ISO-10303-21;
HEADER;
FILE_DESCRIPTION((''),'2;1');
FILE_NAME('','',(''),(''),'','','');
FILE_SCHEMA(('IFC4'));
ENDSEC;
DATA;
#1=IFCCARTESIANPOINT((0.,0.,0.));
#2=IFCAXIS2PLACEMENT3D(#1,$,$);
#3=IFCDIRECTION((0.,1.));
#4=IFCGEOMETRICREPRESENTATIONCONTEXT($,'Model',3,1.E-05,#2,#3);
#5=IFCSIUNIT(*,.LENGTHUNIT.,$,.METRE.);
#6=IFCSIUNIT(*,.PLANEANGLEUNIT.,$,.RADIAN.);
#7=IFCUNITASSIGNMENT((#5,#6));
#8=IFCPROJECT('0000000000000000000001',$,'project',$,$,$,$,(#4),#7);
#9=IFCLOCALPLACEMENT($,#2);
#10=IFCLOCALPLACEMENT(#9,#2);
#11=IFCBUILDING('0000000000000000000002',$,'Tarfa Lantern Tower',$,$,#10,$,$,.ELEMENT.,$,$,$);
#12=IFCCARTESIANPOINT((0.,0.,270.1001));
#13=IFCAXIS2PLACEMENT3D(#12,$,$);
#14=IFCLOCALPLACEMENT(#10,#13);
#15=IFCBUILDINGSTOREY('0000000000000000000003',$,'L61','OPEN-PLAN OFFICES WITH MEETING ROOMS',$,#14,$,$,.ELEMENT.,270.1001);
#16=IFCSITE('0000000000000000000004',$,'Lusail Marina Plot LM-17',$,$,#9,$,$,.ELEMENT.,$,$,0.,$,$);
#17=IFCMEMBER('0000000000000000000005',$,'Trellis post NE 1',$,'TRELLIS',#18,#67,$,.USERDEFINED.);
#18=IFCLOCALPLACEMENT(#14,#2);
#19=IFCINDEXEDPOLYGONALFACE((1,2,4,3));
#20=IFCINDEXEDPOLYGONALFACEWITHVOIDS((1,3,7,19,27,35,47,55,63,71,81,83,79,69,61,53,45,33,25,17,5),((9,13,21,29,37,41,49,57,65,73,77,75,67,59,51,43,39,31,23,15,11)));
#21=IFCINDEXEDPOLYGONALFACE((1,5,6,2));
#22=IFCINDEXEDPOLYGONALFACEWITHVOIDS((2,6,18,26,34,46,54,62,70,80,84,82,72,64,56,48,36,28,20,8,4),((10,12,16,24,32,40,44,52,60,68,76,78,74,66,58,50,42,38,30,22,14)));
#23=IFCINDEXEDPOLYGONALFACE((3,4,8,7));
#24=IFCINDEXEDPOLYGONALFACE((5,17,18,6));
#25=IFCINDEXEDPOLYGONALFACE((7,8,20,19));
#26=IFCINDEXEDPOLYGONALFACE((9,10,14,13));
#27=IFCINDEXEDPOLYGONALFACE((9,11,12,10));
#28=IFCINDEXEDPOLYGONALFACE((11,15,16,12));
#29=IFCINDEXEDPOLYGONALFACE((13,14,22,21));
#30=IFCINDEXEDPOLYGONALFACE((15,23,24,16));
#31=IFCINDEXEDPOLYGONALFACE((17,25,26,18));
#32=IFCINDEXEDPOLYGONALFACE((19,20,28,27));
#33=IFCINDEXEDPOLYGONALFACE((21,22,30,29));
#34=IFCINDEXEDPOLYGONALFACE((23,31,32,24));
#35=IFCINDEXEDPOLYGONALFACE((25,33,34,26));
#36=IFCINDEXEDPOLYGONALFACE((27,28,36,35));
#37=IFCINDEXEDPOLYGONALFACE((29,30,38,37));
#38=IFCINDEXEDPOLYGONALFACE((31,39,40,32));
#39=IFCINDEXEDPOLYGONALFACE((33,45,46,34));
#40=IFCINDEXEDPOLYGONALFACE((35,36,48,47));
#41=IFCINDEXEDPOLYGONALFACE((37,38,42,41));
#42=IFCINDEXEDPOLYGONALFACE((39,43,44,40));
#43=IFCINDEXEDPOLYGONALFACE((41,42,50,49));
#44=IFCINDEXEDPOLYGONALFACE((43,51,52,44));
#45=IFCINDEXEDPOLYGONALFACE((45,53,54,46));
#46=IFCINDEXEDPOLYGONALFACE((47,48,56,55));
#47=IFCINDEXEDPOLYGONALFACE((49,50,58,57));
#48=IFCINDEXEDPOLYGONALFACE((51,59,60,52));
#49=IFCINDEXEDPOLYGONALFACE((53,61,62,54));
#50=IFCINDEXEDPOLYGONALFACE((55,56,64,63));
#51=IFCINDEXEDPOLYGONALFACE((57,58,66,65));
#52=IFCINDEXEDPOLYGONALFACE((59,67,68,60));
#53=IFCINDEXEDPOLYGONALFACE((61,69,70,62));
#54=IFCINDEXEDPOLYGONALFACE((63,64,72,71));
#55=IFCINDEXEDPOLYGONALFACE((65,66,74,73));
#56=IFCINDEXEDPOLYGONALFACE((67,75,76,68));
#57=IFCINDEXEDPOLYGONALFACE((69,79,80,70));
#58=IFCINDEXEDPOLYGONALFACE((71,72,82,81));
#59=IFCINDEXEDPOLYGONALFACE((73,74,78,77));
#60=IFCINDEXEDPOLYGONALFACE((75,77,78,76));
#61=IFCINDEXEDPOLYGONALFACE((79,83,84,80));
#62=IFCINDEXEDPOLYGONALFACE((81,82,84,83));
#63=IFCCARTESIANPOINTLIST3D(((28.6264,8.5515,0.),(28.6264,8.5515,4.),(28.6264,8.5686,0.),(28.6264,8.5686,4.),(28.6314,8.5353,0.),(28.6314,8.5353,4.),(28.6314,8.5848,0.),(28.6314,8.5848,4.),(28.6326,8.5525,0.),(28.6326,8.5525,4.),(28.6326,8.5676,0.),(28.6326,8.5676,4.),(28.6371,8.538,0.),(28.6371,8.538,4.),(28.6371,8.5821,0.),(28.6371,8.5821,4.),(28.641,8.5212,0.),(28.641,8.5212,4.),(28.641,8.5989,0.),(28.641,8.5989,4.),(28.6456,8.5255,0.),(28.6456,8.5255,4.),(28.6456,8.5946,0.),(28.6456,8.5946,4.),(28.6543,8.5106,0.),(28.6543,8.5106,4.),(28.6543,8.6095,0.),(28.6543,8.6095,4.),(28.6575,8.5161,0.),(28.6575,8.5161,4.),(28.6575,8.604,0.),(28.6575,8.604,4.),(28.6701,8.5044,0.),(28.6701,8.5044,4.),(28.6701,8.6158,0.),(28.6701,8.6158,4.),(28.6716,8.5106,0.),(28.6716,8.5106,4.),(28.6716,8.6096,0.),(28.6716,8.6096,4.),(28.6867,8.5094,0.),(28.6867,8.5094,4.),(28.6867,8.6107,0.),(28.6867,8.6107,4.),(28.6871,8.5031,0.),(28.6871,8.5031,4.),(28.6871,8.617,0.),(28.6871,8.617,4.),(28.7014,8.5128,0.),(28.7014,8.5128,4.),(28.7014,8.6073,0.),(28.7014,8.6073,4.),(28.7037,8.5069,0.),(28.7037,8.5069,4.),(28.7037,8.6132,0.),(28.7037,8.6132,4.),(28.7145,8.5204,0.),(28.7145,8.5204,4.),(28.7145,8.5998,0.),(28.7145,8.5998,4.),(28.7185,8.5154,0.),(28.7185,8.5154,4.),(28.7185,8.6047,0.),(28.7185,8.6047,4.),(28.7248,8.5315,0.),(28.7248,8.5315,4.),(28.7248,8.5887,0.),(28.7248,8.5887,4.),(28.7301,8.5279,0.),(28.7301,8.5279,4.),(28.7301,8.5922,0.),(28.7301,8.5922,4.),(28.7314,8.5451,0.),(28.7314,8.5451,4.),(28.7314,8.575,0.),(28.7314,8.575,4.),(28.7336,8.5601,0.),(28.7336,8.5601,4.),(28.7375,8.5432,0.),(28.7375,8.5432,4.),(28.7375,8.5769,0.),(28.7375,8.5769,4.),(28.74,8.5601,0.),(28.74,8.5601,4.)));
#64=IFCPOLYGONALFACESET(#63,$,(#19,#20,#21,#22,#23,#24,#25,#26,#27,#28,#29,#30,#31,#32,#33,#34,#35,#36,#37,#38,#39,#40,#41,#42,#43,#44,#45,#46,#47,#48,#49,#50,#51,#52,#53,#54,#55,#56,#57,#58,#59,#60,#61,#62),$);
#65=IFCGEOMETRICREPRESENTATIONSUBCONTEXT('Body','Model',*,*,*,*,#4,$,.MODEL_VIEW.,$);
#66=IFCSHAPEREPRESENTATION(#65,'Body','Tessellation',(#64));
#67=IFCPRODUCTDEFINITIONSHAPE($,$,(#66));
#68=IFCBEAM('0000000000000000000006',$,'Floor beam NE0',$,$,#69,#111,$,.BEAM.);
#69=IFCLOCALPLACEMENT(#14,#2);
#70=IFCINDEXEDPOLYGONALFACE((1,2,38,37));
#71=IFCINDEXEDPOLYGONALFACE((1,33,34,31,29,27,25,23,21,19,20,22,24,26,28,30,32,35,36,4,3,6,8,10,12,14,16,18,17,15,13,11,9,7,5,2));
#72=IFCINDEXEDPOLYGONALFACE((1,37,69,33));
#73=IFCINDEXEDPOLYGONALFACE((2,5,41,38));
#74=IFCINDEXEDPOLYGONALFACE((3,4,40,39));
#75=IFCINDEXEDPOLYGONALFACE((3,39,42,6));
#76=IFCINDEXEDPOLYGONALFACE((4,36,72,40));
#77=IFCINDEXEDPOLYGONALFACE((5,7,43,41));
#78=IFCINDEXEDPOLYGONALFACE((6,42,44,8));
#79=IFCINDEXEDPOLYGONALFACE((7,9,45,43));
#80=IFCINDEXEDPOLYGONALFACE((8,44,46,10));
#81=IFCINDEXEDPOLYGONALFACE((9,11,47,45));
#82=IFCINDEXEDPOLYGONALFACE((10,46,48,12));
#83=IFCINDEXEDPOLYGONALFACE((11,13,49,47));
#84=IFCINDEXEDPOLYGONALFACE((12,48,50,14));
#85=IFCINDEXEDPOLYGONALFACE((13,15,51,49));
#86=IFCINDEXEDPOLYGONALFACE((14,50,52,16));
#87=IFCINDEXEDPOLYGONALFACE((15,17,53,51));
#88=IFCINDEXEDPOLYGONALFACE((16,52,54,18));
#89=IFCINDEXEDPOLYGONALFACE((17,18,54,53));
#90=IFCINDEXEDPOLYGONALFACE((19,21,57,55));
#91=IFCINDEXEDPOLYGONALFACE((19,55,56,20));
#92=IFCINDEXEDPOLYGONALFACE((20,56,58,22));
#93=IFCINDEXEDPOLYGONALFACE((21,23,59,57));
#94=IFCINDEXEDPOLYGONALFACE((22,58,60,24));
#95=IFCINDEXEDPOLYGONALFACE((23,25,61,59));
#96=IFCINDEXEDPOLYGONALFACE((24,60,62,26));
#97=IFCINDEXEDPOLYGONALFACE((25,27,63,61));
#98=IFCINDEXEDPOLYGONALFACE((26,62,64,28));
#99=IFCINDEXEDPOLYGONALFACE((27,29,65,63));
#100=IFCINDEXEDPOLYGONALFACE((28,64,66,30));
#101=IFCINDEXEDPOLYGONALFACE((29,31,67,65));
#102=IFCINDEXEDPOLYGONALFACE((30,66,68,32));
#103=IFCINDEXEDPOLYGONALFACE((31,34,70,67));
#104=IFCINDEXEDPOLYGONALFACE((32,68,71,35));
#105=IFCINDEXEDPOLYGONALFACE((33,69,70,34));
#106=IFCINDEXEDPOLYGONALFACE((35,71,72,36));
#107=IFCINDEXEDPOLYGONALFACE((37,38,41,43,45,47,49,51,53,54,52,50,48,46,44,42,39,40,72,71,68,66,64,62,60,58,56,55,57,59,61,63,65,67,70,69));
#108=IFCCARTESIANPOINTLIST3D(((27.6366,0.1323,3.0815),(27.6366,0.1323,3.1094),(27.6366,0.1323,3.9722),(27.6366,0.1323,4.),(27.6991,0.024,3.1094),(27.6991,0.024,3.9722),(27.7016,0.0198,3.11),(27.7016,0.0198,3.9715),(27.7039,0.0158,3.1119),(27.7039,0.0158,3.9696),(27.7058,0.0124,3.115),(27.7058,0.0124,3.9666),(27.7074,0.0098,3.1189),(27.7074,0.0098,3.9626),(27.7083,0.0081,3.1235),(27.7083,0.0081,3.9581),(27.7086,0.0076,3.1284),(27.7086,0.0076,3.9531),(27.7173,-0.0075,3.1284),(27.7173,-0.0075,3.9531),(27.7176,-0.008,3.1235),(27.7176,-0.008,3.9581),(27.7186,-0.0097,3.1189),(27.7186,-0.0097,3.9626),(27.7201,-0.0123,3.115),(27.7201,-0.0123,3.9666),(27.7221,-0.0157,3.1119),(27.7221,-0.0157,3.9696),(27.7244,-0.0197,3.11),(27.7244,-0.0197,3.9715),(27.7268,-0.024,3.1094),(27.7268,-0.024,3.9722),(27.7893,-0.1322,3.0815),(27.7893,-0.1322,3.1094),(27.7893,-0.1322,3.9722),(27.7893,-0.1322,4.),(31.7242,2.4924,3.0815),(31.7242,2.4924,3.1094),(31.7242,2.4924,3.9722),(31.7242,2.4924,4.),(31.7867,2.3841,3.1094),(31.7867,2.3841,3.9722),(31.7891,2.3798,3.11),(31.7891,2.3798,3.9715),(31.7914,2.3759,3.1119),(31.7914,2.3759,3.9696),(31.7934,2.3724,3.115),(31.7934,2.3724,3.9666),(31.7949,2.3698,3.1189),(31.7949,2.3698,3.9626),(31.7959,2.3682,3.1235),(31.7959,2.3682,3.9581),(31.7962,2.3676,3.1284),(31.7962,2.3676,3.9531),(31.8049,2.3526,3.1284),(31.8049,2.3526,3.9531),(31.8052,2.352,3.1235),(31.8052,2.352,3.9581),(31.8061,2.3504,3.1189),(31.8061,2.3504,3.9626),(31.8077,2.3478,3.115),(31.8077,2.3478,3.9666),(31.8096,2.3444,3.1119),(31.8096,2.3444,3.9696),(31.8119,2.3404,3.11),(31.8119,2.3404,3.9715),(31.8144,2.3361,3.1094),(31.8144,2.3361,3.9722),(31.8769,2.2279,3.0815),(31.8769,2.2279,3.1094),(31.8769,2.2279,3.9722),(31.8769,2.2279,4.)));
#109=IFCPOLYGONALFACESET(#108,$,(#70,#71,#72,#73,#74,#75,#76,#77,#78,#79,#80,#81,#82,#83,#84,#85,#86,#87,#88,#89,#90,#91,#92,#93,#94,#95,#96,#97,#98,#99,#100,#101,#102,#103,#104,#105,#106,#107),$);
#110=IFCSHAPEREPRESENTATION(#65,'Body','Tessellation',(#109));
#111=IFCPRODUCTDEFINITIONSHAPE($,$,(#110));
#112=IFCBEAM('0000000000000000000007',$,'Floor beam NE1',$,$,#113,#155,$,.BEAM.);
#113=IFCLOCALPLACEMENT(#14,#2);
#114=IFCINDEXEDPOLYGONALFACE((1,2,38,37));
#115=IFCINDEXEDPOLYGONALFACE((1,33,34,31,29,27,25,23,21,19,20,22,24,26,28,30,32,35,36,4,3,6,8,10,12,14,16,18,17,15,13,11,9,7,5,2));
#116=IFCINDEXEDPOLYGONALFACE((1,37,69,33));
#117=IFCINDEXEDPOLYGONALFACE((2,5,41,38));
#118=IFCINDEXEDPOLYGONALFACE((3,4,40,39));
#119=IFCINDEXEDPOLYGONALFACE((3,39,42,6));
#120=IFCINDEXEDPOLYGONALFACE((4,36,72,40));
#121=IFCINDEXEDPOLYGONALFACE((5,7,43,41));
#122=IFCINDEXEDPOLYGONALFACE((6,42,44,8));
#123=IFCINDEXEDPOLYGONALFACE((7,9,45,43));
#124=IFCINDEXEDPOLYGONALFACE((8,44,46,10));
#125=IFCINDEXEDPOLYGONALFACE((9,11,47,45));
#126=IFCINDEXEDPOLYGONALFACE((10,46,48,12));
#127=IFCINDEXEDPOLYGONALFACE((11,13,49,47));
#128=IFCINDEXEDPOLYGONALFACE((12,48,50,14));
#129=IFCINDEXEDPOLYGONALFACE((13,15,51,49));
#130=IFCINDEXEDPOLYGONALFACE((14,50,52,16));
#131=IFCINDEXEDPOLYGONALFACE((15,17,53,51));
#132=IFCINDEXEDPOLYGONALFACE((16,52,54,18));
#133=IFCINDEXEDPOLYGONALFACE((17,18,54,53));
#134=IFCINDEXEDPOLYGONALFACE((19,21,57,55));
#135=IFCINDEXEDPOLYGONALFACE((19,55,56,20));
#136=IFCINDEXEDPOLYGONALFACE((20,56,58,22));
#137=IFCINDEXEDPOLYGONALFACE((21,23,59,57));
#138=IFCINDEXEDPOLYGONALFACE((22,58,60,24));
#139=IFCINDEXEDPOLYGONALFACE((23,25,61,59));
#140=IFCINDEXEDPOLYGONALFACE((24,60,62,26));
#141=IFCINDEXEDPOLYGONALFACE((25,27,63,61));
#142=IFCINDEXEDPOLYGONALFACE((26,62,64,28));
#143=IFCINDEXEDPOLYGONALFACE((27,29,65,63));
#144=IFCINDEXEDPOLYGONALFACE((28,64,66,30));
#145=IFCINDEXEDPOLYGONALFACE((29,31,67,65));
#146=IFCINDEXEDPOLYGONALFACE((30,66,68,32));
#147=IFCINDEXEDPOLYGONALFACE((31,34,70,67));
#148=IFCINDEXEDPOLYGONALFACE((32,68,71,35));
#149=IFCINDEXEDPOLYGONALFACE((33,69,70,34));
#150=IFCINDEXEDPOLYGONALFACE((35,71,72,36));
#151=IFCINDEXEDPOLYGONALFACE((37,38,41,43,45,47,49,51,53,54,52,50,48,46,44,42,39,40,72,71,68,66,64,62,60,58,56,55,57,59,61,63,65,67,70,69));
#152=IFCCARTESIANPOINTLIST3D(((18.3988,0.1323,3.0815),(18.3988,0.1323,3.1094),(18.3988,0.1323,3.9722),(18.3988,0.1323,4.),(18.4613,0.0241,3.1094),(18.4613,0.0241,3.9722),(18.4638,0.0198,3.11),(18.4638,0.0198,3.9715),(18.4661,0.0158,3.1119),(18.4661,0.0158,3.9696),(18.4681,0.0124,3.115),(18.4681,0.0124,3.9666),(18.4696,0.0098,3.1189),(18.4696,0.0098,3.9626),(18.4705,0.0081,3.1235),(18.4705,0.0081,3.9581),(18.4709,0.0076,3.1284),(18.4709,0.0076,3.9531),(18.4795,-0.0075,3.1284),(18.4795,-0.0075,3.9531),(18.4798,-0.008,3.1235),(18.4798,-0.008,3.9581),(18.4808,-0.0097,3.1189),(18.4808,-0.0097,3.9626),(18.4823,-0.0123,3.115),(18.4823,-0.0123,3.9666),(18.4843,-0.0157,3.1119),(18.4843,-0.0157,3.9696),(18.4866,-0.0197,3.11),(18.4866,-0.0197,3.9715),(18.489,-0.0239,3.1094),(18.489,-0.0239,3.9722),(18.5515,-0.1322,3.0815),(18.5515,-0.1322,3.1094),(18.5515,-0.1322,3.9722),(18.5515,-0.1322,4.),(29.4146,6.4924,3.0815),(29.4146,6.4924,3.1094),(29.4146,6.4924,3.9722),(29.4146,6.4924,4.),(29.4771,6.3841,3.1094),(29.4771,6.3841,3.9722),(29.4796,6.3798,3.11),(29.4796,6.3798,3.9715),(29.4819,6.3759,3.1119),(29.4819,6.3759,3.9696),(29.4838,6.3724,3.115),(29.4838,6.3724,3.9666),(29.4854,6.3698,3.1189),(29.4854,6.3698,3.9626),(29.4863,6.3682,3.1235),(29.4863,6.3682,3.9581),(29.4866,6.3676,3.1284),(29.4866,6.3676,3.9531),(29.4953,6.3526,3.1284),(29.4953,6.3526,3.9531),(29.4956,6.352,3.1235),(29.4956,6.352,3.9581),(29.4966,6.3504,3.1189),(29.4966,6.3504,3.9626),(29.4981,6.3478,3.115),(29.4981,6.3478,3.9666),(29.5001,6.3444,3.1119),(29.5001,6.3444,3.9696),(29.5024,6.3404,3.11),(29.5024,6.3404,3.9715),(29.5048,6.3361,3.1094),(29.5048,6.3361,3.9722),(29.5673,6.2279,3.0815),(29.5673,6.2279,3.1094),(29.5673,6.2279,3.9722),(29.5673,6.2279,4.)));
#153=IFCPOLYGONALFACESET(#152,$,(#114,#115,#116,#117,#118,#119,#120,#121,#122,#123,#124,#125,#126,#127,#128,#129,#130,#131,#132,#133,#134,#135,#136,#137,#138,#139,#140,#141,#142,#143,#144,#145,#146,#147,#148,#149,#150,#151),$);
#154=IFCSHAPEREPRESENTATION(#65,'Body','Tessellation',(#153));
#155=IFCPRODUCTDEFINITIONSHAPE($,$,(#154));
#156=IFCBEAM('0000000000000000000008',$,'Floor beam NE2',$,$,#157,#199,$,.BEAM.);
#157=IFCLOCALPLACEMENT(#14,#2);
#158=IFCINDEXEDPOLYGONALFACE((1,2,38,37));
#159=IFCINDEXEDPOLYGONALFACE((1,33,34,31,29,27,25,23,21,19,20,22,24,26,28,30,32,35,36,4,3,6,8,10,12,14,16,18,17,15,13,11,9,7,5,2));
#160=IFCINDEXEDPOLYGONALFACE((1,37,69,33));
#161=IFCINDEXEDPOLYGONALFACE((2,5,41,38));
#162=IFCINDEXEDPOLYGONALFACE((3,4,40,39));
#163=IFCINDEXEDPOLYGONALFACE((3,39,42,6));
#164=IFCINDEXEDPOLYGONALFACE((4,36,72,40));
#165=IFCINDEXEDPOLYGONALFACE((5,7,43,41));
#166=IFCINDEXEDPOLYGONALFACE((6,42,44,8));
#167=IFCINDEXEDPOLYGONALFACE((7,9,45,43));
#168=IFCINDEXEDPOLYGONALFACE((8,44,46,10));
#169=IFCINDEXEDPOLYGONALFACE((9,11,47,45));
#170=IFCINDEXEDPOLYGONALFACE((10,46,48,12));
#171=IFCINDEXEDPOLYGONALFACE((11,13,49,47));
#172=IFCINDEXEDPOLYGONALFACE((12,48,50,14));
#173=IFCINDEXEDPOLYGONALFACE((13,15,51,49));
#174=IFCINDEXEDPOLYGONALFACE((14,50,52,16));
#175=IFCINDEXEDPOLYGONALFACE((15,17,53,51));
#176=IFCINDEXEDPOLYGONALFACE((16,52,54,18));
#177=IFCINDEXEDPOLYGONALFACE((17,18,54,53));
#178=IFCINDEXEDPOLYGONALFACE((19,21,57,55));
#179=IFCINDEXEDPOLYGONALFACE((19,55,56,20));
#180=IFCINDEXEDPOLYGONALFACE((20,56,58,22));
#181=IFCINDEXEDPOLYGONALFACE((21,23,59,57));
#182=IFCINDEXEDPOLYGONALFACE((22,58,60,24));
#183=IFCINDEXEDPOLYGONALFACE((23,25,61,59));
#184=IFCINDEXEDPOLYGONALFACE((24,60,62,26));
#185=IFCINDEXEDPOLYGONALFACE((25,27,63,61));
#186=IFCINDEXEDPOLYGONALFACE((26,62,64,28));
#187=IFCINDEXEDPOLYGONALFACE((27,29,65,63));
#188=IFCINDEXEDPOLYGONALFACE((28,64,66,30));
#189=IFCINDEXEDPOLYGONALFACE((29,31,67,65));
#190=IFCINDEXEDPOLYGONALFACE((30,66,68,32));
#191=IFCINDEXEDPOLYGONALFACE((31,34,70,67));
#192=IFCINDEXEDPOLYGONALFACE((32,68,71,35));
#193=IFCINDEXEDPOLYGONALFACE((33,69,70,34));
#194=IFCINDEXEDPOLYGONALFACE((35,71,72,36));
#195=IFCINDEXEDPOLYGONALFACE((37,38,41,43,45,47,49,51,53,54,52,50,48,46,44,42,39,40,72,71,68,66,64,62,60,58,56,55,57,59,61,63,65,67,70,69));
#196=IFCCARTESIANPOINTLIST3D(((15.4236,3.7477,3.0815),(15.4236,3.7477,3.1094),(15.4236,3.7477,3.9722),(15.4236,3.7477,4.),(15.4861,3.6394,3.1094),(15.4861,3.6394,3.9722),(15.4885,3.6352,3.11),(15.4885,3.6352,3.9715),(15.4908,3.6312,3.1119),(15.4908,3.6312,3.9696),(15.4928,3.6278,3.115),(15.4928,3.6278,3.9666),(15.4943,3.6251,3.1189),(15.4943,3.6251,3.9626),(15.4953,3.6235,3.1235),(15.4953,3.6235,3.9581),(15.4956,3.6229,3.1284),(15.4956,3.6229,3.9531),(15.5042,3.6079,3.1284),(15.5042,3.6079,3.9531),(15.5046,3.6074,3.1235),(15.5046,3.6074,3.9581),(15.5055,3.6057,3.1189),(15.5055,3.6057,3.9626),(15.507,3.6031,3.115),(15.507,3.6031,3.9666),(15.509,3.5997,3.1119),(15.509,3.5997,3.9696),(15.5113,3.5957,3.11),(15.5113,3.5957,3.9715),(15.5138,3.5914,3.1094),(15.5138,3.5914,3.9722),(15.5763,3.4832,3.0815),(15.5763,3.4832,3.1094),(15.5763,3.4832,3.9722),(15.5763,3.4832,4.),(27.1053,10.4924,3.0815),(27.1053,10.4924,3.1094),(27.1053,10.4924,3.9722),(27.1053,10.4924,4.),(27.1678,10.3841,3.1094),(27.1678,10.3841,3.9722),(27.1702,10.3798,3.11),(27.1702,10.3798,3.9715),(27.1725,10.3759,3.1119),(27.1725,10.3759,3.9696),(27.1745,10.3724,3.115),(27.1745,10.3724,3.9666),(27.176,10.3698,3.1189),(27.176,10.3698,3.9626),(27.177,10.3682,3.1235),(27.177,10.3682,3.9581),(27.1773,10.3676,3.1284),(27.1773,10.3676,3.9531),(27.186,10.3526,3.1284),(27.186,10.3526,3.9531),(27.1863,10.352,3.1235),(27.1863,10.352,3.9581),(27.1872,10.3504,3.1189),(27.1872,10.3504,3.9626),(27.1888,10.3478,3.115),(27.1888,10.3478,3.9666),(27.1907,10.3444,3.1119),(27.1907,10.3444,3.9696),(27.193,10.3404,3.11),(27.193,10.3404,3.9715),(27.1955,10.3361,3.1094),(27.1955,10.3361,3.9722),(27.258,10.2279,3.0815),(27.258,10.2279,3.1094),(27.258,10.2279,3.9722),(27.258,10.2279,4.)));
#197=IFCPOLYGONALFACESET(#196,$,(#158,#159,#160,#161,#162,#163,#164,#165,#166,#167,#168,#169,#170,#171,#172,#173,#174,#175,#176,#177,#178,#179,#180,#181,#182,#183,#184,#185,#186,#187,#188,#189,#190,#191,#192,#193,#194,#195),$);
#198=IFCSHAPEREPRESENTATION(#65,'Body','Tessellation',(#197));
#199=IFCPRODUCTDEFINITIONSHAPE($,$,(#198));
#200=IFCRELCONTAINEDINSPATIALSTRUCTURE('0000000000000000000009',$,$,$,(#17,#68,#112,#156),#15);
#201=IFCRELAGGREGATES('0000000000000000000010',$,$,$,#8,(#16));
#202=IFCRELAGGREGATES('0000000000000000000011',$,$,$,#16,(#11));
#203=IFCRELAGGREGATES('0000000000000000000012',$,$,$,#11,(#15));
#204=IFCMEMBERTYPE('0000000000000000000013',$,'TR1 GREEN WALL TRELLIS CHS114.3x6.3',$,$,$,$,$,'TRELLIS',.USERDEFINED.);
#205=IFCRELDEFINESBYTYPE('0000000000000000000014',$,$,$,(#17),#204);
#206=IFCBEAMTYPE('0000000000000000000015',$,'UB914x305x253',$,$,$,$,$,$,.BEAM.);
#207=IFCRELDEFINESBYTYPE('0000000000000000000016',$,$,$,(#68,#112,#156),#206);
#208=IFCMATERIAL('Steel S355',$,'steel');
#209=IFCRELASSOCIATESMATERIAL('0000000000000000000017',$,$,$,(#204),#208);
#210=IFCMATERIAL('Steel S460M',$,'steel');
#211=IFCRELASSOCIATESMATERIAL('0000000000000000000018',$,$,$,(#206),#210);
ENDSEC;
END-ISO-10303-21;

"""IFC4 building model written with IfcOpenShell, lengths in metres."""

from ifc_helpers import new_model, si_unit, direction, frame, origin, origin_2d, place, context, subcontext, project, spatial, hollow_circle, i_section, extrude, material, material_profile, profile_set, type_object, element, save


model = new_model("IFC4")

# Units and contexts
model_context = context("Model", 3, precision=1e-05, world=origin(), true_north=direction((0.0, 1.0)))
body_context = subcontext(model_context, "Body", "Model", "MODEL_VIEW")
ifc_project = project(units=[si_unit("LENGTHUNIT", "METRE"), si_unit("PLANEANGLEUNIT", "RADIAN")], contexts=[model_context])

# Site, building, storey
site_placement = place(None, origin())
site = spatial("IfcSite", under=ifc_project, at=site_placement, Name="Lusail Marina Plot LM-17", CompositionType="ELEMENT", RefElevation=0.0)
building_placement = place(site_placement, origin())
building = spatial("IfcBuilding", under=site, at=building_placement, Name="Tarfa Lantern Tower", CompositionType="ELEMENT")
storey_placement = place(building_placement, frame((0.0, 0.0, 270.1001)))
storey = spatial("IfcBuildingStorey", under=building, at=storey_placement, Name="L61", Description="OPEN-PLAN OFFICES WITH MEETING ROOMS", CompositionType="ELEMENT", Elevation=270.1001)

# Member
ifc_material_1 = material(Name="Steel S355", Category="steel")
ifc_material_profile_1 = material_profile(ifc_material_1, hollow_circle(Radius=0.0571, WallThickness=0.0063, at=origin_2d()), Name="CHS114.3x6.3")
ifc_profile_set_1 = profile_set([ifc_material_profile_1], Name="Steel S355")
member_type_1 = type_object("IfcMemberType", Name="TR1 GREEN WALL TRELLIS CHS114.3x6.3", ElementType="TRELLIS", PredefinedType="USERDEFINED", material=ifc_profile_set_1)
member_1_placement = place(storey_placement, frame((28.6829, 8.5601, 0.0), z_axis=(0.0, 0.0, 1.0), x_axis=(1.0, 0.0, 0.0)))
element("IfcMember", 1, at=member_1_placement, inside=storey, type_object=member_type_1, Name="Trellis post NE 1", ObjectType="TRELLIS", PredefinedType="USERDEFINED", context=body_context, shape_type="SweptSolid", body=[
    extrude(hollow_circle(Radius=0.0571, WallThickness=0.0063, at=origin_2d()), origin(), (0.0, 0.0, 1.0), 4.0),
])

# Beams
ifc_material_2 = material(Name="Steel S460M", Category="steel")
ifc_material_profile_2 = material_profile(ifc_material_2, i_section(OverallWidth=0.3054, OverallDepth=0.9185, WebThickness=0.0173, FlangeThickness=0.0278, FilletRadius=0.019, at=origin_2d()), Name="UB914x305x253")
ifc_profile_set_2 = profile_set([ifc_material_profile_2], Name="Steel S460M")
beam_type_1 = type_object("IfcBeamType", Name="UB914x305x253", PredefinedType="BEAM", material=ifc_profile_set_2)
beam_1_placement = place(storey_placement, frame((31.8005, 2.3601, 3.5408), z_axis=(-0.866016, -0.500016, 0.0), x_axis=(0.500016, -0.866016, 0.0)))
element("IfcBeam", 2, at=beam_1_placement, inside=storey, type_object=beam_type_1, Name="Floor beam NE0", PredefinedType="BEAM", context=body_context, shape_type="SweptSolid", body=[
    extrude(i_section(OverallWidth=0.3054, OverallDepth=0.9185, WebThickness=0.0173, FlangeThickness=0.0278, FilletRadius=0.019, at=origin_2d()), origin(), (0.0, 0.0, 1.0), 4.72),
])
beam_2_placement = place(storey_placement, frame((29.491, 6.3601, 3.5408), z_axis=(-0.866022, -0.500005, 0.0), x_axis=(0.500005, -0.866022, 0.0)))
element("IfcBeam", 3, at=beam_2_placement, inside=storey, type_object=beam_type_1, Name="Floor beam NE1", PredefinedType="BEAM", context=body_context, shape_type="SweptSolid", body=[
    extrude(i_section(OverallWidth=0.3054, OverallDepth=0.9185, WebThickness=0.0173, FlangeThickness=0.0278, FilletRadius=0.019, at=origin_2d()), origin(), (0.0, 0.0, 1.0), 12.72),
])
beam_3_placement = place(storey_placement, frame((27.1816, 10.3601, 3.5408), z_axis=(-0.866018, -0.500013, 0.0), x_axis=(0.500013, -0.866018, 0.0)))
element("IfcBeam", 4, at=beam_3_placement, inside=storey, type_object=beam_type_1, Name="Floor beam NE2", PredefinedType="BEAM", context=body_context, shape_type="SweptSolid", body=[
    extrude(i_section(OverallWidth=0.3054, OverallDepth=0.9185, WebThickness=0.0173, FlangeThickness=0.0278, FilletRadius=0.019, at=origin_2d()), origin(), (0.0, 0.0, 1.0), 13.489),
])

save(model, "model.ifc")
